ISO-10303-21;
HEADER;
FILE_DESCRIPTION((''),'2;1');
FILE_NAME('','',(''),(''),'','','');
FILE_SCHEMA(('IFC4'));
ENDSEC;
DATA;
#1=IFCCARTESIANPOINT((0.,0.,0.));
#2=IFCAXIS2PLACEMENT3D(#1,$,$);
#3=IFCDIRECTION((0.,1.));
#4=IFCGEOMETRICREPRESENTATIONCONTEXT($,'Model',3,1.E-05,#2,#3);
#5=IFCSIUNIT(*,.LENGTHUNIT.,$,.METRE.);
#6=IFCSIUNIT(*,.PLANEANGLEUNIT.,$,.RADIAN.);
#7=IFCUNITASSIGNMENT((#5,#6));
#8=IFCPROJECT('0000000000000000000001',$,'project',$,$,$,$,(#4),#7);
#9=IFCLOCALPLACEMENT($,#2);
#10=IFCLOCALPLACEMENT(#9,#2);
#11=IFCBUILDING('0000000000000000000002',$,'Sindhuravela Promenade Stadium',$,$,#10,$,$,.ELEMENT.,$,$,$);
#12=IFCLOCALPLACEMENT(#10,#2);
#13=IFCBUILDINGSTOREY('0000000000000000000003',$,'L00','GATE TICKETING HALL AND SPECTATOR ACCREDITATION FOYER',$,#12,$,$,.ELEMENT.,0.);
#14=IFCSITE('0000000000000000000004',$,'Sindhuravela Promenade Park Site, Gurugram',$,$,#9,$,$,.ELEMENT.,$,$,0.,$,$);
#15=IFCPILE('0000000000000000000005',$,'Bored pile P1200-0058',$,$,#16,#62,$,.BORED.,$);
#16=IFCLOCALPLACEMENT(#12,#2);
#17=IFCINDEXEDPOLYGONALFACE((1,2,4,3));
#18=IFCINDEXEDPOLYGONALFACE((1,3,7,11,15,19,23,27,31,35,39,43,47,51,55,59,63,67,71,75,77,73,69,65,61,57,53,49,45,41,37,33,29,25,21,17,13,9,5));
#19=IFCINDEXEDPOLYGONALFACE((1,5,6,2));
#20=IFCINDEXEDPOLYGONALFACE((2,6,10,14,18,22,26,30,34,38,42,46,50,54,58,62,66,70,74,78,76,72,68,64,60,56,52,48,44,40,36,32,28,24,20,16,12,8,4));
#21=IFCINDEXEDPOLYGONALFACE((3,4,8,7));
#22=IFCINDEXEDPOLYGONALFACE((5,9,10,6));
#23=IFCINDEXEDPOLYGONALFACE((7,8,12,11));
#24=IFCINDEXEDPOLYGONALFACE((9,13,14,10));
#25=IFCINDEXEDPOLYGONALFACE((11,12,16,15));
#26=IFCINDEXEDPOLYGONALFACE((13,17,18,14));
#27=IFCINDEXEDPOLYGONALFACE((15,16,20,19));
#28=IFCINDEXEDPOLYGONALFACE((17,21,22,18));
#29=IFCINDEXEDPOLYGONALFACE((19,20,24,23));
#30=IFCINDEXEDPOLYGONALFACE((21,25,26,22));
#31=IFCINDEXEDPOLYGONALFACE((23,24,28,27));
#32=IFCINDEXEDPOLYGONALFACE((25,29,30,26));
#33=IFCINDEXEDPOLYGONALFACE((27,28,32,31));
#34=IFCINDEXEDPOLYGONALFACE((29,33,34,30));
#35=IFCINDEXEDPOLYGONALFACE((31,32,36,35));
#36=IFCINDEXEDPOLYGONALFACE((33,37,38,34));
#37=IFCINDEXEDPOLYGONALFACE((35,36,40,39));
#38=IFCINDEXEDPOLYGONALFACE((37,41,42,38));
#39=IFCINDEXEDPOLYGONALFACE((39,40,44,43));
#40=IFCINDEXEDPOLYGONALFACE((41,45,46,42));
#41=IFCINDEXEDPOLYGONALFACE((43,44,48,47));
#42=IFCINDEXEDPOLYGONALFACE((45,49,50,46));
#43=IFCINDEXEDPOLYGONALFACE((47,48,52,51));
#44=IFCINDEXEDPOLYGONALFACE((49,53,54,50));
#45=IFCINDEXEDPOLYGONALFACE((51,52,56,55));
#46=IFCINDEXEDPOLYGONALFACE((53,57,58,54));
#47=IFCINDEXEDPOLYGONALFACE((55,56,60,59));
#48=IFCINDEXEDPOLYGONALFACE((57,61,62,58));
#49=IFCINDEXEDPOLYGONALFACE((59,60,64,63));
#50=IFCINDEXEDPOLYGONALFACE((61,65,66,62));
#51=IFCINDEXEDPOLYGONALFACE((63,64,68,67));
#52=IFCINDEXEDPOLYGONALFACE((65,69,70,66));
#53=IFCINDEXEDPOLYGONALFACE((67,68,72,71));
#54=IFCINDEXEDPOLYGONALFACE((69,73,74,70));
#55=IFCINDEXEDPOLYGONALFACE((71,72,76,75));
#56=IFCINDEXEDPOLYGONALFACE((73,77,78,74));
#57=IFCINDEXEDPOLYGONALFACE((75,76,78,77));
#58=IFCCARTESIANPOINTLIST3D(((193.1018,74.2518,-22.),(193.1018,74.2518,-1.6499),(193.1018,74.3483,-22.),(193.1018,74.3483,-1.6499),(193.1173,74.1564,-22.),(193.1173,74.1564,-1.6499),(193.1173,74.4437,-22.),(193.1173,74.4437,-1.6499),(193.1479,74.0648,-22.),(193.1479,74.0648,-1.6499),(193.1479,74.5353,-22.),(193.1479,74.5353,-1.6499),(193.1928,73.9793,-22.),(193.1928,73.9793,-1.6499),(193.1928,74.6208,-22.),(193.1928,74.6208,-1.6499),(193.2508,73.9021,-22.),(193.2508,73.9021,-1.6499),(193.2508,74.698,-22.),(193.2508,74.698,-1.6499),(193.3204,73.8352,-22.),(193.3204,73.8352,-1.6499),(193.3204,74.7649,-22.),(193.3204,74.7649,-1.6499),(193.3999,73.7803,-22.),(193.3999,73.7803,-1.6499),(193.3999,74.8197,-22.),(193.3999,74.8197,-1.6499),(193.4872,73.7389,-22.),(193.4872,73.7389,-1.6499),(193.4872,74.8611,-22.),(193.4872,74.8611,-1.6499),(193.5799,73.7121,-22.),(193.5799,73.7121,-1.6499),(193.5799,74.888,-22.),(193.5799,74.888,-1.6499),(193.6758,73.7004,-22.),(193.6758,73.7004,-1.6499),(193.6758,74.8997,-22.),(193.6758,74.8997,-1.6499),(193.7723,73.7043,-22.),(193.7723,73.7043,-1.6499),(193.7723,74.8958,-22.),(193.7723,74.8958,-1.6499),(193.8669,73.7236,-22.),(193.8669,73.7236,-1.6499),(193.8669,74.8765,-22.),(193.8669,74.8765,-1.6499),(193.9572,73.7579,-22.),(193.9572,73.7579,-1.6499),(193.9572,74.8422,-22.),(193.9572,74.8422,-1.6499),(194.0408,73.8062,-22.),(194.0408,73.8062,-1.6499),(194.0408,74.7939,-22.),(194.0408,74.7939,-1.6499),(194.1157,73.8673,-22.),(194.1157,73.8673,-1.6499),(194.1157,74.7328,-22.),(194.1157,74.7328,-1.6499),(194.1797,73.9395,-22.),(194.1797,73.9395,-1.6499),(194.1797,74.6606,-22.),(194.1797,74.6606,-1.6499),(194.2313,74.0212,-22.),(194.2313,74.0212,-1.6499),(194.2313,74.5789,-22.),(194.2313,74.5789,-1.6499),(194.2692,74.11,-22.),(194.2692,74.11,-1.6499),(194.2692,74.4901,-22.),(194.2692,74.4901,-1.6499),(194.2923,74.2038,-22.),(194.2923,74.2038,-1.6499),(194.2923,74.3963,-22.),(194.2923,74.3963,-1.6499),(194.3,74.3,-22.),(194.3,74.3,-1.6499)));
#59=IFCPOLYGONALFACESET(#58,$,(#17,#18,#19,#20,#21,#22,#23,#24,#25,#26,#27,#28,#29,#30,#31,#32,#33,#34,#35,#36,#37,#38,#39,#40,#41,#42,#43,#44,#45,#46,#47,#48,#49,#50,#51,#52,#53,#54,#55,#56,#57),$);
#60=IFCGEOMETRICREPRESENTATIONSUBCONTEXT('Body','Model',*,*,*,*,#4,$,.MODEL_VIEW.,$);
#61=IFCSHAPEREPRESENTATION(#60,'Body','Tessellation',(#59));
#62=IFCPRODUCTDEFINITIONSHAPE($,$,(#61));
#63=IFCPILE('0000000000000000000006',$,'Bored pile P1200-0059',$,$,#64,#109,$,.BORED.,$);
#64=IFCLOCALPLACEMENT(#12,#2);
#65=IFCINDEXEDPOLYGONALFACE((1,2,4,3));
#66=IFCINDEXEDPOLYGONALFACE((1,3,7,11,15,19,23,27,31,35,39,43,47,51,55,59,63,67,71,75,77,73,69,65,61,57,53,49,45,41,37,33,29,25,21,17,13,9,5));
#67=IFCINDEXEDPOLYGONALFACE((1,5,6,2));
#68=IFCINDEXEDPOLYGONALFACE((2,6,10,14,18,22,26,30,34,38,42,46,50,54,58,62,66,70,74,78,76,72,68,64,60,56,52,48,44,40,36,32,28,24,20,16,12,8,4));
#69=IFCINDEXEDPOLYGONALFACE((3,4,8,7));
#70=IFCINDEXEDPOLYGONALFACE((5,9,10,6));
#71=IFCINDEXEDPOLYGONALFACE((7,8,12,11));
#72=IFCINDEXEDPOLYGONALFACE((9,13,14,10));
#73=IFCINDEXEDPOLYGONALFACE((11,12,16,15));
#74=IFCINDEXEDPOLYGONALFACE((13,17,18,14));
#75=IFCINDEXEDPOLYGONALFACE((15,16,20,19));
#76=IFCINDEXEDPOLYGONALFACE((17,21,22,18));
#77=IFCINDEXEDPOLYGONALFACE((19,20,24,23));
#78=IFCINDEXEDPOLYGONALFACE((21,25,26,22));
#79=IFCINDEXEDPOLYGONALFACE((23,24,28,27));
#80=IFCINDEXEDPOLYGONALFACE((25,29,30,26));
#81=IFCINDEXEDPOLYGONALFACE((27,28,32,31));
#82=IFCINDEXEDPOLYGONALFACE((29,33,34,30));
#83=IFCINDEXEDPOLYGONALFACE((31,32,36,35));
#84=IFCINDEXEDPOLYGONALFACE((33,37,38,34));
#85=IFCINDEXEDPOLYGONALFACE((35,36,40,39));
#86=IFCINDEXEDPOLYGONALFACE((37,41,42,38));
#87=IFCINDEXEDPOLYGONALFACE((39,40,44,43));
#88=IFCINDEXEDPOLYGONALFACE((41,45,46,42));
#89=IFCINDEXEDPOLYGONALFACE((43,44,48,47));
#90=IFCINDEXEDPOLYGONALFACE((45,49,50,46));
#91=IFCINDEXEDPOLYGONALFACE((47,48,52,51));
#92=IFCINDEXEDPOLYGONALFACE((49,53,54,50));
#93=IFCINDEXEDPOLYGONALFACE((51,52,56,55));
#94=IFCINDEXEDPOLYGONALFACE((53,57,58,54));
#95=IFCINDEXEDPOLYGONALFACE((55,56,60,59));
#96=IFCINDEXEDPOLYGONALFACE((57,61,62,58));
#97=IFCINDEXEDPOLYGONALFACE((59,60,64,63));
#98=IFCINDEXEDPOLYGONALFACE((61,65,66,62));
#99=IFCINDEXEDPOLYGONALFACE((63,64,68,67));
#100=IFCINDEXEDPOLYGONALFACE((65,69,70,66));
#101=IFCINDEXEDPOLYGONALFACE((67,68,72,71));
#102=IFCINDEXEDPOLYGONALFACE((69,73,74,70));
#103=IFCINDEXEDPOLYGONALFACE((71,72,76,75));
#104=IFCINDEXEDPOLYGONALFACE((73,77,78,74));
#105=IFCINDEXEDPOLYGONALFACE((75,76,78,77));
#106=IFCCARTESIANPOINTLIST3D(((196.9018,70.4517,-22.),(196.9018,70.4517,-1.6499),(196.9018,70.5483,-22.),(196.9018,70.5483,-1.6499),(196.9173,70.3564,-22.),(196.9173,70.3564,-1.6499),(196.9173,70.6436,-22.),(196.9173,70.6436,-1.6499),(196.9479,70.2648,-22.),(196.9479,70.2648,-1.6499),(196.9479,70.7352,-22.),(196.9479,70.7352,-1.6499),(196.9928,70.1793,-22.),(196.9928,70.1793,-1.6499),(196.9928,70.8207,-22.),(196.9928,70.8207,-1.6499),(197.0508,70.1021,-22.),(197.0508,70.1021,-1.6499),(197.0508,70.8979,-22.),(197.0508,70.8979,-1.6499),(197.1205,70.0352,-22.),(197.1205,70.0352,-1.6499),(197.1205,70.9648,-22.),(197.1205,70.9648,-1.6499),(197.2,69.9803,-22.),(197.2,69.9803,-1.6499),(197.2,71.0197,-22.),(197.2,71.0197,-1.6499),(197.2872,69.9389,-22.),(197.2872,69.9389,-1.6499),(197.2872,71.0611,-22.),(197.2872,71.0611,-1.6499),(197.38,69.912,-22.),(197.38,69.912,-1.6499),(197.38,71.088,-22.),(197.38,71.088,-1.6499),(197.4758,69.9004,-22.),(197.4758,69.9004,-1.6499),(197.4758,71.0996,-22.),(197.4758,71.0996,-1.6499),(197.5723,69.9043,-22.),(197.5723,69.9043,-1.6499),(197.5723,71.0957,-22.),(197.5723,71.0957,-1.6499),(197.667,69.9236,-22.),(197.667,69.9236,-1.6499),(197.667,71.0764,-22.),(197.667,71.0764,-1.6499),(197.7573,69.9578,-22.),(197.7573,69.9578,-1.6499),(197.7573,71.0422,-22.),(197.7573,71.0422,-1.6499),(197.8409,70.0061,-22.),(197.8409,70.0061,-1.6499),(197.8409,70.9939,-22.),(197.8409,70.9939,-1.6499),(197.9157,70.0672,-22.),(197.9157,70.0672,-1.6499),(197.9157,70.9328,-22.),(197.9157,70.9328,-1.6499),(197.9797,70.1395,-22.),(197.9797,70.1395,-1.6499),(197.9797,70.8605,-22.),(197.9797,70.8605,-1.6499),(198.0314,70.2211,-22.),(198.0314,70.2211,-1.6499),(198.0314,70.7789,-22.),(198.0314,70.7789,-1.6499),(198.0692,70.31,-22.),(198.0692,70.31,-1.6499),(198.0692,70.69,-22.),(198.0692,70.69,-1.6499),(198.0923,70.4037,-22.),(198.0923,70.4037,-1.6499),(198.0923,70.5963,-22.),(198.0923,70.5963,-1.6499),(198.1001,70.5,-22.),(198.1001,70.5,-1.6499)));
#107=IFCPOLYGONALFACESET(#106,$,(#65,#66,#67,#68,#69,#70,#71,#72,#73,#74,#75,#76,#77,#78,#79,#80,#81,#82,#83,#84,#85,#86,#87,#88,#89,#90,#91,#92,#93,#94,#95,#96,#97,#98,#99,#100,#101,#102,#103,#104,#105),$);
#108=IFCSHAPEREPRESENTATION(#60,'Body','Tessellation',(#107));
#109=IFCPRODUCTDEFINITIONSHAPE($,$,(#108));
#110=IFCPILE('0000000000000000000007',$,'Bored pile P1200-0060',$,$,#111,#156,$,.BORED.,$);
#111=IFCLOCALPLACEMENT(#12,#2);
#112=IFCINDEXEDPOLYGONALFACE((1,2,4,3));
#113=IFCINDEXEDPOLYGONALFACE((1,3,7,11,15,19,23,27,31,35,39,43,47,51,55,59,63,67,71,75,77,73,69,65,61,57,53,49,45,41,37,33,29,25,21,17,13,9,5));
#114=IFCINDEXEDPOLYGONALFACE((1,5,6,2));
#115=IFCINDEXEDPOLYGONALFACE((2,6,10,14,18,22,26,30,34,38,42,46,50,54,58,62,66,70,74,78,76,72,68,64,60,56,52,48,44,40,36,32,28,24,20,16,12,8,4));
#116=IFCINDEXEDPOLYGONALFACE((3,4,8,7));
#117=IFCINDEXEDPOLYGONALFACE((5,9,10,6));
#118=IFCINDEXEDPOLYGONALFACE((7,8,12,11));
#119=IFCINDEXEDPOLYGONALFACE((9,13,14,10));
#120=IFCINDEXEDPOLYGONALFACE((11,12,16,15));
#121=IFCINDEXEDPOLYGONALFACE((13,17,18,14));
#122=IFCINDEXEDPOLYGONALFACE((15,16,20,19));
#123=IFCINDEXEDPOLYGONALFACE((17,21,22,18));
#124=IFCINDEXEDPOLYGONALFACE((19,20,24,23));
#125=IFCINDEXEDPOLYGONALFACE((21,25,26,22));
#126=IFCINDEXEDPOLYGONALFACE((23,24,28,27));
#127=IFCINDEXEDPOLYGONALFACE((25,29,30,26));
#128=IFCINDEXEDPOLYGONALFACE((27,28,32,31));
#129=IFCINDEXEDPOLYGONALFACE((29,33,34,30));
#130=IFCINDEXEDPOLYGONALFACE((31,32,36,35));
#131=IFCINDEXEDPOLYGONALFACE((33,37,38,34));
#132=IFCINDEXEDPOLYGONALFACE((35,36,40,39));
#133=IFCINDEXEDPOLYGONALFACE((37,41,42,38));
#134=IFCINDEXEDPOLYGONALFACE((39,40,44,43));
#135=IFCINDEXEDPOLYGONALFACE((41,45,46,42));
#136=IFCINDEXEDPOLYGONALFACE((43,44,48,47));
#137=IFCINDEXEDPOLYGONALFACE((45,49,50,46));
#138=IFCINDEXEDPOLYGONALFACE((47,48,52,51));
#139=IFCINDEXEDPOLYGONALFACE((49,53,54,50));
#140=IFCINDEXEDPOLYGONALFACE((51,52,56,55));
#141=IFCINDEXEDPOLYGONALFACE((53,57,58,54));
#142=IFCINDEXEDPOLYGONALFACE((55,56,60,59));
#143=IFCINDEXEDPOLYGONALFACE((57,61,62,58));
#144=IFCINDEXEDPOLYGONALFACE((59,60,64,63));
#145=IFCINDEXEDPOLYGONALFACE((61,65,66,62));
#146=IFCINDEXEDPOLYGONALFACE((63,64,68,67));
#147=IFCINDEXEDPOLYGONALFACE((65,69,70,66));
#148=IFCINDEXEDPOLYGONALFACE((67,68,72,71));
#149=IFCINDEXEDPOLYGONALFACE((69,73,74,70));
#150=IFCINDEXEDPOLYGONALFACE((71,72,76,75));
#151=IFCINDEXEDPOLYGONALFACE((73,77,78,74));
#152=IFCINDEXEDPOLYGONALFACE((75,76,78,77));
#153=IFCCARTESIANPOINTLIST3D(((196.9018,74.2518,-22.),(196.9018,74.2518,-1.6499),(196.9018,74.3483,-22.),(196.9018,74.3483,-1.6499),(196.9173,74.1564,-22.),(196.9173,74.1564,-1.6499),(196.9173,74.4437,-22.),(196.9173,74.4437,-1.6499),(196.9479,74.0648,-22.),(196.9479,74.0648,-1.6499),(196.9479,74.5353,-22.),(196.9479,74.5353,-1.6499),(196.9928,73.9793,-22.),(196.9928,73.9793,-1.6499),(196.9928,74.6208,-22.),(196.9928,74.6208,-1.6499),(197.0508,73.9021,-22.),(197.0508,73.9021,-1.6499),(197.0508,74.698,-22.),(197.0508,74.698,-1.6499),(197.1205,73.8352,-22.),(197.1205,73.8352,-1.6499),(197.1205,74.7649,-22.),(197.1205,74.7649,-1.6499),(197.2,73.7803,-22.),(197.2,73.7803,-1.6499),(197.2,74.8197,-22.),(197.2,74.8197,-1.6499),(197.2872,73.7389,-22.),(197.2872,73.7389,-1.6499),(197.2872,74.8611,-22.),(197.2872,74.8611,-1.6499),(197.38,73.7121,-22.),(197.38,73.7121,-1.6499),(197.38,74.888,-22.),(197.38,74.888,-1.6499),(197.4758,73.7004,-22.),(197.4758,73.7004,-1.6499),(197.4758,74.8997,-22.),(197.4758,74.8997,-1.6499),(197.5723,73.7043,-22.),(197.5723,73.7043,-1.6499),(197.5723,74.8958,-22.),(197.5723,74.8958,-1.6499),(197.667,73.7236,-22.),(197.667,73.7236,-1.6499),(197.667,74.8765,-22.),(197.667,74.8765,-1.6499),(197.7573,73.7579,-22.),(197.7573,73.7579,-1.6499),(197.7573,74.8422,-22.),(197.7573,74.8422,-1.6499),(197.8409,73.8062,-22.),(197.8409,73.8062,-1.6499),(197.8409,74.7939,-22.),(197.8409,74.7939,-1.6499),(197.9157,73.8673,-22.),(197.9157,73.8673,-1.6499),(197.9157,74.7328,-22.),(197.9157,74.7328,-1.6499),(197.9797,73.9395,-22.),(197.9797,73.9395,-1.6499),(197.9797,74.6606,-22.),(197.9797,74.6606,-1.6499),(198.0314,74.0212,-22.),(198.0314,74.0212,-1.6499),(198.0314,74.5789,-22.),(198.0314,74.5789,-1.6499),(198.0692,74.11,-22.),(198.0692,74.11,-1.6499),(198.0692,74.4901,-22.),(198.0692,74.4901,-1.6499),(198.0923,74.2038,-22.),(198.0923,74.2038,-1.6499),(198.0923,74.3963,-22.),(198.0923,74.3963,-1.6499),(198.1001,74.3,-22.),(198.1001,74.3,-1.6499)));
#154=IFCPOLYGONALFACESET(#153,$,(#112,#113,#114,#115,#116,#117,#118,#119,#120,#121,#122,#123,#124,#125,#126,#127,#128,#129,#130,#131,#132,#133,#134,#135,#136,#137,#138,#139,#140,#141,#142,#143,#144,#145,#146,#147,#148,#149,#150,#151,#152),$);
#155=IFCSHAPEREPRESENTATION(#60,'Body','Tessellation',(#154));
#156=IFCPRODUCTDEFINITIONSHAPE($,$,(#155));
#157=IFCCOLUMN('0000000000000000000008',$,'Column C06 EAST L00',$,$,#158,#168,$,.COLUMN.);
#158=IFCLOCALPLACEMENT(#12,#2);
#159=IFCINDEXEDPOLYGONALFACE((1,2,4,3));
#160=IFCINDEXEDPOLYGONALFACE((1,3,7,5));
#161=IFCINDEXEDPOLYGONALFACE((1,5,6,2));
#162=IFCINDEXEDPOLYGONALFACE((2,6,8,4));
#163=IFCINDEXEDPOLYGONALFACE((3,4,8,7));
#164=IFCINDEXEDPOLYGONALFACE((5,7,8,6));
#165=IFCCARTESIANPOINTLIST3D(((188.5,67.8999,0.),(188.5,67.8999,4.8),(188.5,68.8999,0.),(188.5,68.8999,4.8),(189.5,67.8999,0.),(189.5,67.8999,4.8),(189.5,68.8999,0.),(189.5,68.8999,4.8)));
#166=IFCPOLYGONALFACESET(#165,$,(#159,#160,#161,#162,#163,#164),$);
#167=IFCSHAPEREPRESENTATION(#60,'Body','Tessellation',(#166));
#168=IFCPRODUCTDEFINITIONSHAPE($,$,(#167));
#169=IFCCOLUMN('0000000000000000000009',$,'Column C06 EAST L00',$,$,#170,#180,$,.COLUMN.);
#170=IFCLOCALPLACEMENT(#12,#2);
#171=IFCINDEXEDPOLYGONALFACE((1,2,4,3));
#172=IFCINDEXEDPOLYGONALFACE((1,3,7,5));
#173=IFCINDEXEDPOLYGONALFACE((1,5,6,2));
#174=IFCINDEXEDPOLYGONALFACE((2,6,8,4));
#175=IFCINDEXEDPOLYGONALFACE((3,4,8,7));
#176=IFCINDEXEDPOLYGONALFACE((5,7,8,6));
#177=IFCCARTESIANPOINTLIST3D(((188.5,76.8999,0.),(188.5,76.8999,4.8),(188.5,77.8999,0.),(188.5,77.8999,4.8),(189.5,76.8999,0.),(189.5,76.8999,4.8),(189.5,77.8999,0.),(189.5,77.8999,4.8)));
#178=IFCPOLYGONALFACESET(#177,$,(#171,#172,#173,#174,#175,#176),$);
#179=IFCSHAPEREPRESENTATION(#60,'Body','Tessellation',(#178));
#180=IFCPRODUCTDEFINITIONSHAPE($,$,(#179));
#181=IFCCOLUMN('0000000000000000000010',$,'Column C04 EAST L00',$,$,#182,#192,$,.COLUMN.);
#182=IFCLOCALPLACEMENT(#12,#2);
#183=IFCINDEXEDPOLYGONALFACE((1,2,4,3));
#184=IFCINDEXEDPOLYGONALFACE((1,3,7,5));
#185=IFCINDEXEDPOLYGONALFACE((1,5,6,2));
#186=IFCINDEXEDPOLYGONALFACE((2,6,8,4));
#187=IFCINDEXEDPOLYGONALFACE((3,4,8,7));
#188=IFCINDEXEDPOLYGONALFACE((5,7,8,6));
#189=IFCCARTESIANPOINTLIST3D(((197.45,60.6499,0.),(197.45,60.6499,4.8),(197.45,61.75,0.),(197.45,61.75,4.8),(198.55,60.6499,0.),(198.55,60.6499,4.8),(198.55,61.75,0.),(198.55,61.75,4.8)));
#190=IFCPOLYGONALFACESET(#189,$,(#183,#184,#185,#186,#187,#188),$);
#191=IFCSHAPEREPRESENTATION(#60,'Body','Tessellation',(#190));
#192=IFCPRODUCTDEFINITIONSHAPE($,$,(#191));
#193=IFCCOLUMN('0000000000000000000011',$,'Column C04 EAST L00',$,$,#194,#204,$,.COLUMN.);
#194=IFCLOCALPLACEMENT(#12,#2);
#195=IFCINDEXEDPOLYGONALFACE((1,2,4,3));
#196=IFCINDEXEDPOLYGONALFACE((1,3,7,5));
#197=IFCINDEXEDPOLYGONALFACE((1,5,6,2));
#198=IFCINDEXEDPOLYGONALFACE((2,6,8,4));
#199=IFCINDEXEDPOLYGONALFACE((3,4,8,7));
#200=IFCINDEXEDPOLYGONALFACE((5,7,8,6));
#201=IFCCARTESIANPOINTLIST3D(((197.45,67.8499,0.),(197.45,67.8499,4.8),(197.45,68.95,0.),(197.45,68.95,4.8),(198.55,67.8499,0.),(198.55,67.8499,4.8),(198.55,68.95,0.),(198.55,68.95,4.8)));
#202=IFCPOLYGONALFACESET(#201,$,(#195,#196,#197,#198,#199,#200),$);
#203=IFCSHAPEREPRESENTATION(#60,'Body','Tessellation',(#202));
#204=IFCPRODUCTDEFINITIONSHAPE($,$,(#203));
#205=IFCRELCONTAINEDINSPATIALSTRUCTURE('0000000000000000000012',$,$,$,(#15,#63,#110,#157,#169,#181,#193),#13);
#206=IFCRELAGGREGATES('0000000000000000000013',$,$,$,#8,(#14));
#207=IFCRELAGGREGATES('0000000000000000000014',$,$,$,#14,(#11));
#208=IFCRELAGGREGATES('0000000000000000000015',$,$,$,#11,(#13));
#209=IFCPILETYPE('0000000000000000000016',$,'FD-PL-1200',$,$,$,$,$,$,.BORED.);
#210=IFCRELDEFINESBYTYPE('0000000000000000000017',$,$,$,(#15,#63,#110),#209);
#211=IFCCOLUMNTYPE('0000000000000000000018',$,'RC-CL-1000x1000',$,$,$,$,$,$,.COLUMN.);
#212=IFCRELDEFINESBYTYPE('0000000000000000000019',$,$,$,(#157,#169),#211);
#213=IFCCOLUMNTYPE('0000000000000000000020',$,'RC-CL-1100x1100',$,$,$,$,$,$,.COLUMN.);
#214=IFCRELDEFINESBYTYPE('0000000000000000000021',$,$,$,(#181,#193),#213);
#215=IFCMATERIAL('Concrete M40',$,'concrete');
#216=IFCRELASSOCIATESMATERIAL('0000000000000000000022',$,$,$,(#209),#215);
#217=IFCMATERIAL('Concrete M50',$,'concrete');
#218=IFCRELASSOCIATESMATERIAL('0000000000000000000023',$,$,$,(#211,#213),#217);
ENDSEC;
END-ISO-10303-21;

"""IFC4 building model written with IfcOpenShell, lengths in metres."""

from ifc_helpers import new_model, si_unit, direction, frame, origin, origin_2d, place, context, subcontext, project, spatial, rectangle, circle, extrude, material, material_profile, profile_set, type_object, element, save


model = new_model("IFC4")

# Units and contexts
model_context = context("Model", 3, precision=1e-05, world=origin(), true_north=direction((0.0, 1.0)))
body_context = subcontext(model_context, "Body", "Model", "MODEL_VIEW")
ifc_project = project(units=[si_unit("LENGTHUNIT", "METRE"), si_unit("PLANEANGLEUNIT", "RADIAN")], contexts=[model_context])

# Site, building, storey
site_placement = place(None, origin())
site = spatial("IfcSite", under=ifc_project, at=site_placement, Name="Sindhuravela Promenade Park Site, Gurugram", CompositionType="ELEMENT", RefElevation=0.0)
building_placement = place(site_placement, origin())
building = spatial("IfcBuilding", under=site, at=building_placement, Name="Sindhuravela Promenade Stadium", CompositionType="ELEMENT")
storey_placement = place(building_placement, origin())
storey = spatial("IfcBuildingStorey", under=building, at=storey_placement, Name="L00", Description="GATE TICKETING HALL AND SPECTATOR ACCREDITATION FOYER", CompositionType="ELEMENT", Elevation=0.0)

# Shared definitions
ifc_material_1 = material(Name="Concrete M50", Category="concrete")

# Piles
ifc_material_2 = material(Name="Concrete M40", Category="concrete")
ifc_material_profile_1 = material_profile(ifc_material_2, circle(Radius=0.6001, at=origin_2d()), Name="BORED PILE D1200")
ifc_profile_set_1 = profile_set([ifc_material_profile_1], Name="Concrete M40")
pile_type = type_object("IfcPileType", Name="FD-PL-1200", PredefinedType="BORED", material=ifc_profile_set_1)
for number, where, z_axis, x_axis, name in (
    (1, (193.7, 74.3, -1.6499), (0.0, 0.0, -1.0), (1.0, 0.0, 0.0), "Bored pile P1200-0058"),
    (2, (197.5, 70.5, -1.6499), (0.0, 0.0, -1.0), (1.0, 0.0, 0.0), "Bored pile P1200-0059"),
    (3, (197.5, 74.3, -1.6499), (0.0, 0.0, -1.0), (1.0, 0.0, 0.0), "Bored pile P1200-0060"),
):
    element("IfcPile", number, at=place(storey_placement, frame(where, z_axis=z_axis, x_axis=x_axis)), inside=storey, type_object=pile_type, Name=name, PredefinedType="BORED", context=body_context, shape_type="SweptSolid", body=[
        extrude(circle(Radius=0.6001, at=origin_2d()), origin(), (0.0, 0.0, 1.0), 20.3501),
    ])

# Columns
ifc_material_profile_2 = material_profile(ifc_material_1, rectangle(XDim=1.0, YDim=1.0, at=origin_2d()), Name="RC 1000x1000")
ifc_profile_set_2 = profile_set([ifc_material_profile_2], Name="Concrete M50")
column_type_1 = type_object("IfcColumnType", Name="RC-CL-1000x1000", PredefinedType="COLUMN", material=ifc_profile_set_2)
for number, where, z_axis, x_axis, name in (
    (4, (189.0, 68.3999, 0.0), (0.0, 0.0, 1.0), (1.0, 0.0, 0.0), "Column C06 EAST L00"),
    (5, (189.0, 77.3999, 0.0), (0.0, 0.0, 1.0), (1.0, 0.0, 0.0), "Column C06 EAST L00"),
):
    element("IfcColumn", number, at=place(storey_placement, frame(where, z_axis=z_axis, x_axis=x_axis)), inside=storey, type_object=column_type_1, Name=name, PredefinedType="COLUMN", context=body_context, shape_type="SweptSolid", body=[
        extrude(rectangle(XDim=1.0, YDim=1.0, at=origin_2d()), origin(), (0.0, 0.0, 1.0), 4.8),
    ])
ifc_material_profile_3 = material_profile(ifc_material_1, rectangle(XDim=1.1001, YDim=1.1001, at=origin_2d()), Name="RC 1100x1100")
ifc_profile_set_3 = profile_set([ifc_material_profile_3], Name="Concrete M50")
column_type_2 = type_object("IfcColumnType", Name="RC-CL-1100x1100", PredefinedType="COLUMN", material=ifc_profile_set_3)
for number, where, z_axis, x_axis, name in (
    (6, (198.0, 61.2, 0.0), (0.0, 0.0, 1.0), (1.0, 0.0, 0.0), "Column C04 EAST L00"),
    (7, (198.0, 68.3999, 0.0), (0.0, 0.0, 1.0), (1.0, 0.0, 0.0), "Column C04 EAST L00"),
):
    element("IfcColumn", number, at=place(storey_placement, frame(where, z_axis=z_axis, x_axis=x_axis)), inside=storey, type_object=column_type_2, Name=name, PredefinedType="COLUMN", context=body_context, shape_type="SweptSolid", body=[
        extrude(rectangle(XDim=1.1001, YDim=1.1001, at=origin_2d()), origin(), (0.0, 0.0, 1.0), 4.8),
    ])

save(model, "model.ifc")
